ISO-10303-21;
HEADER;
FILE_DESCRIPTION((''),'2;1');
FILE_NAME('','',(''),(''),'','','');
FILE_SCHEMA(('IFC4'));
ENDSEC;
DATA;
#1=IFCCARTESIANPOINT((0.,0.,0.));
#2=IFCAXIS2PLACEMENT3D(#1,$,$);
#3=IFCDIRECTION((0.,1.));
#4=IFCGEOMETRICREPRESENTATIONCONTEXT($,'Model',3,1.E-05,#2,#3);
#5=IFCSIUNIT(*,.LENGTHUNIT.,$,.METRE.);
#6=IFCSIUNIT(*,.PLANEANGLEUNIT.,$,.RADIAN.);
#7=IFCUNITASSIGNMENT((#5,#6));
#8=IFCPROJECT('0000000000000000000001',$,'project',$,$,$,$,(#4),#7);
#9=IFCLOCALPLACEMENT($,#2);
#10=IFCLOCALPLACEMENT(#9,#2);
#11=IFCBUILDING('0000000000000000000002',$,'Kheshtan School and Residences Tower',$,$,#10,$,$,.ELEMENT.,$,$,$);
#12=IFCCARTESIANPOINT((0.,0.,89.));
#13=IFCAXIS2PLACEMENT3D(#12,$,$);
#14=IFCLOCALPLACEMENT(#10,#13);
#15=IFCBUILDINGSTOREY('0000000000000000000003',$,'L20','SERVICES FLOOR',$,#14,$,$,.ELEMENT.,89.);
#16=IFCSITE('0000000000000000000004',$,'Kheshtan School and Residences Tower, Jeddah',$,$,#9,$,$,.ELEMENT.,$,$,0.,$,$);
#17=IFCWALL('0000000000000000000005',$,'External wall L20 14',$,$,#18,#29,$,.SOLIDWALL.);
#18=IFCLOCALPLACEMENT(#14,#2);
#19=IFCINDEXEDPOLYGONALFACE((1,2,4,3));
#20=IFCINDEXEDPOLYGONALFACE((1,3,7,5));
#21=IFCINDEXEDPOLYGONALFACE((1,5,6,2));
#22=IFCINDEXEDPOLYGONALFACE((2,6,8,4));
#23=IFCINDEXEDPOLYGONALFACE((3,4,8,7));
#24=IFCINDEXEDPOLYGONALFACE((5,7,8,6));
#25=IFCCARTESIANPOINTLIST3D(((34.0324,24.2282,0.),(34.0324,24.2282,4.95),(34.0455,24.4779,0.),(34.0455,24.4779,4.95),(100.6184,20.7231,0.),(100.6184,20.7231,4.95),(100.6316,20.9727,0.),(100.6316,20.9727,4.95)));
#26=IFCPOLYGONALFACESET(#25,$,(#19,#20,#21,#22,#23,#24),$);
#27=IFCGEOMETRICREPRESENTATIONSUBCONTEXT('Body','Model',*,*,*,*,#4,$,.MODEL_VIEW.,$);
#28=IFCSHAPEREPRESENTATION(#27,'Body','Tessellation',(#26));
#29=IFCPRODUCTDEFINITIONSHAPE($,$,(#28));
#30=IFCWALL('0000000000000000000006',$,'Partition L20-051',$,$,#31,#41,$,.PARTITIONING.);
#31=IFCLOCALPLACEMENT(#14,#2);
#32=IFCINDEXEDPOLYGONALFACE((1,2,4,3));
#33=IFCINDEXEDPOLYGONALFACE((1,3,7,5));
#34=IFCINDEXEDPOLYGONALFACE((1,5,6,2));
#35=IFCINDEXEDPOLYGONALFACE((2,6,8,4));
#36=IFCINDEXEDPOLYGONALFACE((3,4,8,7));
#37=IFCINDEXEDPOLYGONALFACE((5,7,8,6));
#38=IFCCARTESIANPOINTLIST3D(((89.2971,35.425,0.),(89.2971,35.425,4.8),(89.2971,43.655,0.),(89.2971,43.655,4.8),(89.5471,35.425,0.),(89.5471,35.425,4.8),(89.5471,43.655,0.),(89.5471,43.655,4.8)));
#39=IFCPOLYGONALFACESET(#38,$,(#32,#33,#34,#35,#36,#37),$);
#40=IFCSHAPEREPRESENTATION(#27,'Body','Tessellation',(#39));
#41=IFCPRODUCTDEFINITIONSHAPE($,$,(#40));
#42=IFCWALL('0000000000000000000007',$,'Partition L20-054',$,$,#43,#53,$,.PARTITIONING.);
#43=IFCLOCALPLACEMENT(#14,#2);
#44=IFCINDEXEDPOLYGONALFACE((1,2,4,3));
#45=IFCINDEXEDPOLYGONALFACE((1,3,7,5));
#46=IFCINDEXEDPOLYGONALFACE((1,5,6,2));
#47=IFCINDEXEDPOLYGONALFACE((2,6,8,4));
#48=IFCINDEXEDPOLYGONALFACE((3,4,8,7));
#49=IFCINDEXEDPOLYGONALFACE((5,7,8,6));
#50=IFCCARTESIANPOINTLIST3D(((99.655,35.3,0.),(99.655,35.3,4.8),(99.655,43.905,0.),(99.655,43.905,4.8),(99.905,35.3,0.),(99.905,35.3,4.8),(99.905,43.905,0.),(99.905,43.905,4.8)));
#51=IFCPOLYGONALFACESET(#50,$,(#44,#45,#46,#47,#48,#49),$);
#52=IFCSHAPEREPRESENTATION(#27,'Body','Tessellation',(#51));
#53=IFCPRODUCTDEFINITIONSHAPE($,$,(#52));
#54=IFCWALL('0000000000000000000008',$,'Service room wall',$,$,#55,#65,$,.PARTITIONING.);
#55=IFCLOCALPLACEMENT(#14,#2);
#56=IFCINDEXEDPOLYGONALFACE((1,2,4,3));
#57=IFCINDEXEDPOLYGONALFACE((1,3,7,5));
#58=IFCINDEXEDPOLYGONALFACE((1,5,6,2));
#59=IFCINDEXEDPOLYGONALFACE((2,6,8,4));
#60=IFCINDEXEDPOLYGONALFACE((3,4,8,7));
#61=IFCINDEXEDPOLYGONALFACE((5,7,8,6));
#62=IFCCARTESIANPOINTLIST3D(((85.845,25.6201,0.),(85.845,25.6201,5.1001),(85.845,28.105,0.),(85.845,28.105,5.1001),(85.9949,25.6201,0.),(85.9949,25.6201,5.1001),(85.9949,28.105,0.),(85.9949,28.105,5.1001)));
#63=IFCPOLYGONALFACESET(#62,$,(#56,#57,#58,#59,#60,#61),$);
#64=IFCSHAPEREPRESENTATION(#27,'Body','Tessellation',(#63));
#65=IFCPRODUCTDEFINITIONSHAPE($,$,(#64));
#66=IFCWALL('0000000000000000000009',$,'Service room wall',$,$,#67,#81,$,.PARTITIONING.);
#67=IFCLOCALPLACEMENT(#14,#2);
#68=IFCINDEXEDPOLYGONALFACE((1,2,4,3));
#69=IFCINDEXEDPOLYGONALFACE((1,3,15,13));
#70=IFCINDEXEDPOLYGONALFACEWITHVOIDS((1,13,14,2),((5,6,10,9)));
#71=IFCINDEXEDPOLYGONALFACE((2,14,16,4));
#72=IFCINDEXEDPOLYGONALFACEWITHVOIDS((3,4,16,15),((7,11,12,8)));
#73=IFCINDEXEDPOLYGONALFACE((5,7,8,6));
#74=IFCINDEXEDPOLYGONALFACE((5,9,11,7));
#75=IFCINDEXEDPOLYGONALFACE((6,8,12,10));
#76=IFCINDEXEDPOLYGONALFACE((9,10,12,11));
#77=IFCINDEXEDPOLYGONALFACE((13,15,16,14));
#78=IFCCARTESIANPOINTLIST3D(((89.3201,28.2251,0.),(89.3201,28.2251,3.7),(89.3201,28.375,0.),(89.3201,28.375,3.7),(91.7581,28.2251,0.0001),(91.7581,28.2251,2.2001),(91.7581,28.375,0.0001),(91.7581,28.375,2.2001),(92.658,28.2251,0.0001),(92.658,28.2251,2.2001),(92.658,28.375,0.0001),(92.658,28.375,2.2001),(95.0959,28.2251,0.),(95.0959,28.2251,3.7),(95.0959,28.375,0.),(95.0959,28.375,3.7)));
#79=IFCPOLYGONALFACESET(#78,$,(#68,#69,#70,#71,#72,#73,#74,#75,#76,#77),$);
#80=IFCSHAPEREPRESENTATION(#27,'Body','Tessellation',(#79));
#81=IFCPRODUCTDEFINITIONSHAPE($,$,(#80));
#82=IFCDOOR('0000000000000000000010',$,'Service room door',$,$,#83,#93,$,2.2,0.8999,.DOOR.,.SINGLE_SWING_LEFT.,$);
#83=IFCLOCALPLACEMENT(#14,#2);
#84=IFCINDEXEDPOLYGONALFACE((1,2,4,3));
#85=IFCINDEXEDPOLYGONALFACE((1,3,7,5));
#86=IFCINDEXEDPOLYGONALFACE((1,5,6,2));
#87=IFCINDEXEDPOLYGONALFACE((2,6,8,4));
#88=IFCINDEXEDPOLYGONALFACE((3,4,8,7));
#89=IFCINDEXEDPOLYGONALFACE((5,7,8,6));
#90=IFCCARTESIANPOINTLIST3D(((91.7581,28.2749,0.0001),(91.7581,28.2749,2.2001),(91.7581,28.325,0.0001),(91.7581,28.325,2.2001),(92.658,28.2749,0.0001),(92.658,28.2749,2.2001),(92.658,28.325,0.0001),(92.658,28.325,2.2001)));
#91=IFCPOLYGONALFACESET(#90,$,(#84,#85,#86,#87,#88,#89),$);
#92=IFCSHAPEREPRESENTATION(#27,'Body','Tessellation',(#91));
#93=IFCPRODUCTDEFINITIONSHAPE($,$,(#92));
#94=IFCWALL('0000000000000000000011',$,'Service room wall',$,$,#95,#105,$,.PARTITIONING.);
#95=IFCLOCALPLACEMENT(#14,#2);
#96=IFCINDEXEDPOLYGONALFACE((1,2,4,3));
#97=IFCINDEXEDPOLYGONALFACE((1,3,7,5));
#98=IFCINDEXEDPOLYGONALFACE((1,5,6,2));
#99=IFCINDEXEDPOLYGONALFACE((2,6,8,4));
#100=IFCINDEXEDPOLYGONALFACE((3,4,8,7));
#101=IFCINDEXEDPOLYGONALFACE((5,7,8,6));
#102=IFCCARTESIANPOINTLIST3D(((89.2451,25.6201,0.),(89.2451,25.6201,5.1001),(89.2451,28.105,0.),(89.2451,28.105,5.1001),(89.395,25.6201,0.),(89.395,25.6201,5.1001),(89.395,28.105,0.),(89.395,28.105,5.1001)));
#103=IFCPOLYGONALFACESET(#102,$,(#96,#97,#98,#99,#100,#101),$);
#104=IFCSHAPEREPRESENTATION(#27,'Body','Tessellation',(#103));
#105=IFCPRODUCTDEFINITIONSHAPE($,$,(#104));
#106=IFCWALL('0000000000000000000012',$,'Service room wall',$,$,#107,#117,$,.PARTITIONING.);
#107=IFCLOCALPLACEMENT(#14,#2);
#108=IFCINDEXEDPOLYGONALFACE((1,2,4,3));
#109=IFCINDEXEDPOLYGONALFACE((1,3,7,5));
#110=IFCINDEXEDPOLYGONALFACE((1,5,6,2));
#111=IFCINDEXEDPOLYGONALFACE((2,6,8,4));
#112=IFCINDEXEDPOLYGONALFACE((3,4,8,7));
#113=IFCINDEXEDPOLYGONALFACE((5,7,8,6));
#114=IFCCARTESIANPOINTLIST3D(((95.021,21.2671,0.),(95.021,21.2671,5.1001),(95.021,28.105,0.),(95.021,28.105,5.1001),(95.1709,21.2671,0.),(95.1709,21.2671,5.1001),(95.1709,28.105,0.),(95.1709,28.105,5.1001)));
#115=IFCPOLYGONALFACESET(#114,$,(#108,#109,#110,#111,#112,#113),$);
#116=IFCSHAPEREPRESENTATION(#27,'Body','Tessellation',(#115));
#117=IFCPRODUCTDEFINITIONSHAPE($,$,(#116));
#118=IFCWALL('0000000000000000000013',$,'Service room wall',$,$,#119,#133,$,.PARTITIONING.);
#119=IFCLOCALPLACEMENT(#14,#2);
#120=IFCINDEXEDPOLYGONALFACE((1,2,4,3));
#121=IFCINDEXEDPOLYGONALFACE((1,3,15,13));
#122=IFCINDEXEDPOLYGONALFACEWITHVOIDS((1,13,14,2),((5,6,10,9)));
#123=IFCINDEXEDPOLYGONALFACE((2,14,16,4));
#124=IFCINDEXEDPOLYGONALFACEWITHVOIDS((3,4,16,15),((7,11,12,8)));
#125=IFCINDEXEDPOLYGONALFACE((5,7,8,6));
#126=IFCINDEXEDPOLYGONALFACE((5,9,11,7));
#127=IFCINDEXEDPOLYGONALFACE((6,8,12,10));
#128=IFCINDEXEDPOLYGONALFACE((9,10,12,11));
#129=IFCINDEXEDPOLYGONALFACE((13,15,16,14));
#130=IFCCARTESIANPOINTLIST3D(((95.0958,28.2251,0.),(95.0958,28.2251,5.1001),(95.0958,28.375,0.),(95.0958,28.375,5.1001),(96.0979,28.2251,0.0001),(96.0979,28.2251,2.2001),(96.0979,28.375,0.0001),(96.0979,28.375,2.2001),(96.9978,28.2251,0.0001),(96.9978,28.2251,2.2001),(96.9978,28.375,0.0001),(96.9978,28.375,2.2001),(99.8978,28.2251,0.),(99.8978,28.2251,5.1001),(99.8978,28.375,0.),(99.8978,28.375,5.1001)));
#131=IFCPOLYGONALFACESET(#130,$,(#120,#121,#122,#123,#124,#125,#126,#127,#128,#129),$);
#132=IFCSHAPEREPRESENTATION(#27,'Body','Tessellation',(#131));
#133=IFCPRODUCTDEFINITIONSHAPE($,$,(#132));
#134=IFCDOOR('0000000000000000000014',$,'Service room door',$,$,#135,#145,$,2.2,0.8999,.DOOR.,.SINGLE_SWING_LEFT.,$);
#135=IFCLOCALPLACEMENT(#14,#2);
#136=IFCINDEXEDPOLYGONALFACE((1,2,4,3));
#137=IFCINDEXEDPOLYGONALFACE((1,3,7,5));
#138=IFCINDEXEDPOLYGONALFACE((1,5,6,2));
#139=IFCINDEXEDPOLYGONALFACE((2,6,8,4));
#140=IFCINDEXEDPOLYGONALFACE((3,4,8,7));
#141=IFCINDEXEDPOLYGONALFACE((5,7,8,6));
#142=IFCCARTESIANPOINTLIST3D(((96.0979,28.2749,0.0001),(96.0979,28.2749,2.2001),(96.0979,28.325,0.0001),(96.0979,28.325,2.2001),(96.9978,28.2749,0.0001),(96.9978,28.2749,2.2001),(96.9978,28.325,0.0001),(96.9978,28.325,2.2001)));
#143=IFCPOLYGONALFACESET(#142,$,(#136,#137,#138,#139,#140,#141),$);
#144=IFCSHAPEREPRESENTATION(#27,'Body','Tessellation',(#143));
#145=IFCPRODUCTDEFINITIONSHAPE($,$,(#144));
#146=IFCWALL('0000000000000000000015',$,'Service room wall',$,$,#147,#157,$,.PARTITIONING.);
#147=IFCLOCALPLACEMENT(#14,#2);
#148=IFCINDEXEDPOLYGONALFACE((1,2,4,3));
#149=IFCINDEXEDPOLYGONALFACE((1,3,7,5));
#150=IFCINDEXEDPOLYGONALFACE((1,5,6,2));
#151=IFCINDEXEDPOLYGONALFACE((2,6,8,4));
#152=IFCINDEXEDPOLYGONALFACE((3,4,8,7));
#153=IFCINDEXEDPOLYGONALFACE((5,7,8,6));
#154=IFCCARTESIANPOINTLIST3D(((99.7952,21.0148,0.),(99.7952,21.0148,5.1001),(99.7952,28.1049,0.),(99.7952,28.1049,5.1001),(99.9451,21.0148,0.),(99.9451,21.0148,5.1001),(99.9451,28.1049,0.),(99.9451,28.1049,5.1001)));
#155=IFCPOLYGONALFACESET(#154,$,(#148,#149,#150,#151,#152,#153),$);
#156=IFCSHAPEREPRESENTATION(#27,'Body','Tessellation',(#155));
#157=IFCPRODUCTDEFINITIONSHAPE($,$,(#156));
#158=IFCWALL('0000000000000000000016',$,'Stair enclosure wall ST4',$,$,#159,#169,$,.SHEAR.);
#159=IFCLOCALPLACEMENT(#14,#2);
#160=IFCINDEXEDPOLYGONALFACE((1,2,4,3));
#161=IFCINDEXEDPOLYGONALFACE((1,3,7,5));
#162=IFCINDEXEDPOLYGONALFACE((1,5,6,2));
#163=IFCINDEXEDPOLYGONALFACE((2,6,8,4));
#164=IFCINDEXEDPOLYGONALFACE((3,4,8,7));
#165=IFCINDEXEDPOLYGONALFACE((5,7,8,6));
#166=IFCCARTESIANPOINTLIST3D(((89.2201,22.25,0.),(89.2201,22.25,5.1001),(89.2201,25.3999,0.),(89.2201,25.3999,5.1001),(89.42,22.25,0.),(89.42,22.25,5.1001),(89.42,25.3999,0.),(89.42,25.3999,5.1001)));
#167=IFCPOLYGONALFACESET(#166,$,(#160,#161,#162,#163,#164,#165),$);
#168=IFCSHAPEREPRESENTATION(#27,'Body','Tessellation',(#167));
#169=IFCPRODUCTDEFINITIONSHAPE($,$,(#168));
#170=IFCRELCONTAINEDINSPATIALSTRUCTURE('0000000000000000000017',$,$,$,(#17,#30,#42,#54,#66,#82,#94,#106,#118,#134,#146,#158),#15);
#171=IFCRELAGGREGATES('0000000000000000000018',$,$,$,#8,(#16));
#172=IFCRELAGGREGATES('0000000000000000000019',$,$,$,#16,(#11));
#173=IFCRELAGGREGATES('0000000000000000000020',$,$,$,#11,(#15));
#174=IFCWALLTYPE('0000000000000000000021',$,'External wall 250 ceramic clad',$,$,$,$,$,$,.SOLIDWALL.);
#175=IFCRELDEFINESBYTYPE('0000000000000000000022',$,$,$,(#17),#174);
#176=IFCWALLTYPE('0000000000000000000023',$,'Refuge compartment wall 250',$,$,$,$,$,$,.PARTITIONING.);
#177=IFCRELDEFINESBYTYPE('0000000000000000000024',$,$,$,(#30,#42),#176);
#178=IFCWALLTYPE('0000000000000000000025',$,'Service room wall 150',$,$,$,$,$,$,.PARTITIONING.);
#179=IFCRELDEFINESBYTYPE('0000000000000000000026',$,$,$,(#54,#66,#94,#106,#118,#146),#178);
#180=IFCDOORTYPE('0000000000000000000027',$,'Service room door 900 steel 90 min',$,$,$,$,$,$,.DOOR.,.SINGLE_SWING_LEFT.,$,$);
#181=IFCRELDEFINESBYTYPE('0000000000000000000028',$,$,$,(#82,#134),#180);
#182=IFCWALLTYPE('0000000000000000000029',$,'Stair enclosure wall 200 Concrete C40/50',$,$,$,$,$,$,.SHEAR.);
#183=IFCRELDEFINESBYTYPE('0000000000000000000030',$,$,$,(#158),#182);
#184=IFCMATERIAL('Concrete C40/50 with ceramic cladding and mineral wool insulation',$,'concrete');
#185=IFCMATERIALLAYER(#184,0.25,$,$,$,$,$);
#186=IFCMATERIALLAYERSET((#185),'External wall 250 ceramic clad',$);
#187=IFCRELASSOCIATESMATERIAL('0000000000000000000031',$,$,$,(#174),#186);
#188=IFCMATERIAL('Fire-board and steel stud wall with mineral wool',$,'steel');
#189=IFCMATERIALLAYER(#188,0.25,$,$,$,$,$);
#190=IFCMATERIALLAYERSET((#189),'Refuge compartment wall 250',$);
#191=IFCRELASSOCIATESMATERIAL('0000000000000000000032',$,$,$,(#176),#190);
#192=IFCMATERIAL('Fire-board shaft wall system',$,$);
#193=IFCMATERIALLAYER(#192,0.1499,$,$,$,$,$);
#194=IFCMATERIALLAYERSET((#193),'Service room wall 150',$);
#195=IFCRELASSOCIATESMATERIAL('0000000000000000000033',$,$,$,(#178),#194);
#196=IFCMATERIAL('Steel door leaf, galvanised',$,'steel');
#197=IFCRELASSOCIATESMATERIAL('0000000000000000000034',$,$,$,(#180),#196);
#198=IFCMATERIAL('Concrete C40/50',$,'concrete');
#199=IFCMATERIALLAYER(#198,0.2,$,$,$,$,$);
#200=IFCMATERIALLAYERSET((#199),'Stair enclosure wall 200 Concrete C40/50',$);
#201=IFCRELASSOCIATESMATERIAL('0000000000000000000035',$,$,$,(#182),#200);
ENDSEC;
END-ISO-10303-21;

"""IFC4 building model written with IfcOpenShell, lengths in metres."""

from ifc_helpers import new_model, si_unit, direction, frame, frame_2d, origin, place, context, subcontext, project, spatial, rectangle, extrude, source, transform, mapped, material, layer, layer_set, type_object, element, fill, save


model = new_model("IFC4")

# Units and contexts
model_context = context("Model", 3, precision=1e-05, world=origin(), true_north=direction((0.0, 1.0)))
body_context = subcontext(model_context, "Body", "Model", "MODEL_VIEW")
ifc_project = project(units=[si_unit("LENGTHUNIT", "METRE"), si_unit("PLANEANGLEUNIT", "RADIAN")], contexts=[model_context])

# Site, building, storey
site_placement = place(None, origin())
site = spatial("IfcSite", under=ifc_project, at=site_placement, Name="Kheshtan School and Residences Tower, Jeddah", CompositionType="ELEMENT", RefElevation=0.0)
building_placement = place(site_placement, origin())
building = spatial("IfcBuilding", under=site, at=building_placement, Name="Kheshtan School and Residences Tower", CompositionType="ELEMENT")
storey_placement = place(building_placement, frame((0.0, 0.0, 89.0)))
storey = spatial("IfcBuildingStorey", under=building, at=storey_placement, Name="L20", Description="SERVICES FLOOR", CompositionType="ELEMENT", Elevation=89.0)

# Walls
ifc_material_1 = material(Name="Concrete C40/50 with ceramic cladding and mineral wool insulation", Category="concrete")
ifc_layer_1 = layer(ifc_material_1, 0.25)
ifc_layer_set_1 = layer_set([ifc_layer_1], Name="External wall 250 ceramic clad")
wall_type_1 = type_object("IfcWallType", Name="External wall 250 ceramic clad", PredefinedType="SOLIDWALL", material=ifc_layer_set_1)
wall_1_placement = place(storey_placement, frame((100.625, 20.8479, 0.0), z_axis=(0.0, 0.0, 1.0), x_axis=(-0.998617, 0.052568, 0.0)))
element("IfcWall", 1, at=wall_1_placement, inside=storey, type_object=wall_type_1, Name="External wall L20 14", PredefinedType="SOLIDWALL", context=body_context, shape_type="SweptSolid", body=[
    extrude(rectangle(XDim=66.6782, YDim=0.25, at=frame_2d((33.3391, 0.0))), origin(), (0.0, 0.0, 1.0), 4.95),
])
ifc_material_2 = material(Name="Fire-board and steel stud wall with mineral wool", Category="steel")
ifc_layer_2 = layer(ifc_material_2, 0.25)
ifc_layer_set_2 = layer_set([ifc_layer_2], Name="Refuge compartment wall 250")
wall_type_2 = type_object("IfcWallType", Name="Refuge compartment wall 250", PredefinedType="PARTITIONING", material=ifc_layer_set_2)
wall_2_placement = place(storey_placement, frame((89.4221, 35.425, 0.0), z_axis=(0.0, 0.0, 1.0), x_axis=(0.0, 1.0, 0.0)))
element("IfcWall", 2, at=wall_2_placement, inside=storey, type_object=wall_type_2, Name="Partition L20-051", PredefinedType="PARTITIONING", context=body_context, shape_type="SweptSolid", body=[
    extrude(rectangle(XDim=8.23, YDim=0.25, at=frame_2d((4.115, 0.0))), origin(), (0.0, 0.0, 1.0), 4.8),
])
wall_3_placement = place(storey_placement, frame((99.78, 35.3, 0.0), z_axis=(0.0, 0.0, 1.0), x_axis=(0.0, 1.0, 0.0)))
element("IfcWall", 3, at=wall_3_placement, inside=storey, type_object=wall_type_2, Name="Partition L20-054", PredefinedType="PARTITIONING", context=body_context, shape_type="SweptSolid", body=[
    extrude(rectangle(XDim=8.605, YDim=0.25, at=frame_2d((4.3025, 0.0))), origin(), (0.0, 0.0, 1.0), 4.8),
])
ifc_material_3 = material(Name="Fire-board shaft wall system")
ifc_layer_3 = layer(ifc_material_3, 0.1499)
ifc_layer_set_3 = layer_set([ifc_layer_3], Name="Service room wall 150")
wall_type_3 = type_object("IfcWallType", Name="Service room wall 150", PredefinedType="PARTITIONING", material=ifc_layer_set_3)
wall_4_placement = place(storey_placement, frame((85.9199, 25.6201, 0.0), z_axis=(0.0, 0.0, 1.0), x_axis=(0.0, 1.0, 0.0)))
element("IfcWall", 4, at=wall_4_placement, inside=storey, type_object=wall_type_3, Name="Service room wall", PredefinedType="PARTITIONING", context=body_context, shape_type="SweptSolid", body=[
    extrude(rectangle(XDim=2.4849, YDim=0.1499, at=frame_2d((1.2424, 0.0))), origin(), (0.0, 0.0, 1.0), 5.1001),
])

# Wall, opening, door
wall_5_placement = place(storey_placement, frame((89.3201, 28.3, 0.0), z_axis=(0.0, 0.0, 1.0), x_axis=(1.0, 0.0, 0.0)))
wall_5 = element("IfcWall", 5, at=wall_5_placement, inside=storey, type_object=wall_type_3, Name="Service room wall", PredefinedType="PARTITIONING", context=body_context, shape_type="SweptSolid", body=[
    extrude(rectangle(XDim=5.7759, YDim=0.1499, at=frame_2d((2.8879, 0.0))), origin(), (0.0, 0.0, 1.0), 3.7),
])
opening_1_placement = place(wall_5_placement, frame((2.438, 0.0, 0.0)))
opening_1 = element("IfcOpeningElement", 6, at=opening_1_placement, cuts=wall_5, PredefinedType="OPENING", context=body_context, shape_type="SweptSolid", body=[
    extrude(rectangle(XDim=0.8999, YDim=2.2, at=frame_2d((0.45, 1.1001))), frame((0.0, 0.085, 0.0), z_axis=(0.0, -1.0, 0.0), x_axis=(1.0, 0.0, 0.0)), (0.0, 0.0, 1.0), 0.1699),
])
ifc_material_4 = material(Name="Steel door leaf, galvanised", Category="steel")
door_type_1 = type_object("IfcDoorType", Name="Service room door 900 steel 90 min", OperationType="SINGLE_SWING_LEFT", PredefinedType="DOOR", material=ifc_material_4)
shared_shape_1 = source(origin(), body_context, "Body", "SweptSolid", [
    extrude(rectangle(XDim=0.8999, YDim=2.2, at=frame_2d((0.45, 1.1001))), frame((0.0, 0.0249, 0.0), z_axis=(0.0, -1.0, 0.0), x_axis=(1.0, 0.0, 0.0)), (0.0, 0.0, 1.0), 0.05),
])
door_1_placement = place(opening_1_placement, origin())
door_1 = element("IfcDoor", 7, at=door_1_placement, inside=storey, type_object=door_type_1, Name="Service room door", OperationType="SINGLE_SWING_LEFT", OverallHeight=2.2, OverallWidth=0.8999, PredefinedType="DOOR", context=body_context, shape_type="MappedRepresentation", body=[
    mapped(shared_shape_1, transform((0.0, 0.0, 0.0), x_axis=(1.0, 0.0, 0.0), y_axis=(0.0, 1.0, 0.0), z_axis=(0.0, 0.0, 1.0), scale=1.0)),
])
fill(opening_1, door_1)

# Walls
wall_6_placement = place(storey_placement, frame((89.3201, 25.6201, 0.0), z_axis=(0.0, 0.0, 1.0), x_axis=(0.0, 1.0, 0.0)))
element("IfcWall", 8, at=wall_6_placement, inside=storey, type_object=wall_type_3, Name="Service room wall", PredefinedType="PARTITIONING", context=body_context, shape_type="SweptSolid", body=[
    extrude(rectangle(XDim=2.4849, YDim=0.1499, at=frame_2d((1.2424, 0.0))), origin(), (0.0, 0.0, 1.0), 5.1001),
])
wall_7_placement = place(storey_placement, frame((95.0959, 21.2671, 0.0), z_axis=(0.0, 0.0, 1.0), x_axis=(0.0, 1.0, 0.0)))
element("IfcWall", 9, at=wall_7_placement, inside=storey, type_object=wall_type_3, Name="Service room wall", PredefinedType="PARTITIONING", context=body_context, shape_type="SweptSolid", body=[
    extrude(rectangle(XDim=6.8379, YDim=0.1499, at=frame_2d((3.4189, 0.0))), origin(), (0.0, 0.0, 1.0), 5.1001),
])

# Wall, opening, door
wall_8_placement = place(storey_placement, frame((95.0959, 28.3, 0.0), z_axis=(0.0, 0.0, 1.0), x_axis=(1.0, 0.0, 0.0)))
wall_8 = element("IfcWall", 10, at=wall_8_placement, inside=storey, type_object=wall_type_3, Name="Service room wall", PredefinedType="PARTITIONING", context=body_context, shape_type="SweptSolid", body=[
    extrude(rectangle(XDim=4.802, YDim=0.1499, at=frame_2d((2.4009, 0.0))), origin(), (0.0, 0.0, 1.0), 5.1001),
])
opening_2_placement = place(wall_8_placement, frame((1.002, 0.0, 0.0)))
opening_2 = element("IfcOpeningElement", 11, at=opening_2_placement, cuts=wall_8, PredefinedType="OPENING", context=body_context, shape_type="SweptSolid", body=[
    extrude(rectangle(XDim=0.8999, YDim=2.2, at=frame_2d((0.45, 1.1001))), frame((0.0, 0.085, 0.0), z_axis=(0.0, -1.0, 0.0), x_axis=(1.0, 0.0, 0.0)), (0.0, 0.0, 1.0), 0.1699),
])
door_2_placement = place(opening_2_placement, origin())
door_2 = element("IfcDoor", 12, at=door_2_placement, inside=storey, type_object=door_type_1, Name="Service room door", OperationType="SINGLE_SWING_LEFT", OverallHeight=2.2, OverallWidth=0.8999, PredefinedType="DOOR", context=body_context, shape_type="MappedRepresentation", body=[
    mapped(shared_shape_1, transform((0.0, 0.0, 0.0), x_axis=(1.0, 0.0, 0.0), y_axis=(0.0, 1.0, 0.0), z_axis=(0.0, 0.0, 1.0), scale=1.0)),
])
fill(opening_2, door_2)

# Walls
wall_9_placement = place(storey_placement, frame((99.8701, 21.0149, 0.0), z_axis=(0.0, 0.0, 1.0), x_axis=(0.0, 1.0, 0.0)))
element("IfcWall", 13, at=wall_9_placement, inside=storey, type_object=wall_type_3, Name="Service room wall", PredefinedType="PARTITIONING", context=body_context, shape_type="SweptSolid", body=[
    extrude(rectangle(XDim=7.0901, YDim=0.1499, at=frame_2d((3.5449, 0.0))), origin(), (0.0, 0.0, 1.0), 5.1001),
])
ifc_material_5 = material(Name="Concrete C40/50", Category="concrete")
ifc_layer_4 = layer(ifc_material_5, 0.2)
ifc_layer_set_4 = layer_set([ifc_layer_4], Name="Stair enclosure wall 200 Concrete C40/50")
wall_type_4 = type_object("IfcWallType", Name="Stair enclosure wall 200 Concrete C40/50", PredefinedType="SHEAR", material=ifc_layer_set_4)
wall_10_placement = place(storey_placement, frame((89.3201, 22.25, 0.0), z_axis=(0.0, 0.0, 1.0), x_axis=(0.0, 1.0, 0.0)))
element("IfcWall", 14, at=wall_10_placement, inside=storey, type_object=wall_type_4, Name="Stair enclosure wall ST4", PredefinedType="SHEAR", context=body_context, shape_type="SweptSolid", body=[
    extrude(rectangle(XDim=3.1499, YDim=0.2, at=frame_2d((1.575, 0.0))), origin(), (0.0, 0.0, 1.0), 5.1001),
])

save(model, "model.ifc")
